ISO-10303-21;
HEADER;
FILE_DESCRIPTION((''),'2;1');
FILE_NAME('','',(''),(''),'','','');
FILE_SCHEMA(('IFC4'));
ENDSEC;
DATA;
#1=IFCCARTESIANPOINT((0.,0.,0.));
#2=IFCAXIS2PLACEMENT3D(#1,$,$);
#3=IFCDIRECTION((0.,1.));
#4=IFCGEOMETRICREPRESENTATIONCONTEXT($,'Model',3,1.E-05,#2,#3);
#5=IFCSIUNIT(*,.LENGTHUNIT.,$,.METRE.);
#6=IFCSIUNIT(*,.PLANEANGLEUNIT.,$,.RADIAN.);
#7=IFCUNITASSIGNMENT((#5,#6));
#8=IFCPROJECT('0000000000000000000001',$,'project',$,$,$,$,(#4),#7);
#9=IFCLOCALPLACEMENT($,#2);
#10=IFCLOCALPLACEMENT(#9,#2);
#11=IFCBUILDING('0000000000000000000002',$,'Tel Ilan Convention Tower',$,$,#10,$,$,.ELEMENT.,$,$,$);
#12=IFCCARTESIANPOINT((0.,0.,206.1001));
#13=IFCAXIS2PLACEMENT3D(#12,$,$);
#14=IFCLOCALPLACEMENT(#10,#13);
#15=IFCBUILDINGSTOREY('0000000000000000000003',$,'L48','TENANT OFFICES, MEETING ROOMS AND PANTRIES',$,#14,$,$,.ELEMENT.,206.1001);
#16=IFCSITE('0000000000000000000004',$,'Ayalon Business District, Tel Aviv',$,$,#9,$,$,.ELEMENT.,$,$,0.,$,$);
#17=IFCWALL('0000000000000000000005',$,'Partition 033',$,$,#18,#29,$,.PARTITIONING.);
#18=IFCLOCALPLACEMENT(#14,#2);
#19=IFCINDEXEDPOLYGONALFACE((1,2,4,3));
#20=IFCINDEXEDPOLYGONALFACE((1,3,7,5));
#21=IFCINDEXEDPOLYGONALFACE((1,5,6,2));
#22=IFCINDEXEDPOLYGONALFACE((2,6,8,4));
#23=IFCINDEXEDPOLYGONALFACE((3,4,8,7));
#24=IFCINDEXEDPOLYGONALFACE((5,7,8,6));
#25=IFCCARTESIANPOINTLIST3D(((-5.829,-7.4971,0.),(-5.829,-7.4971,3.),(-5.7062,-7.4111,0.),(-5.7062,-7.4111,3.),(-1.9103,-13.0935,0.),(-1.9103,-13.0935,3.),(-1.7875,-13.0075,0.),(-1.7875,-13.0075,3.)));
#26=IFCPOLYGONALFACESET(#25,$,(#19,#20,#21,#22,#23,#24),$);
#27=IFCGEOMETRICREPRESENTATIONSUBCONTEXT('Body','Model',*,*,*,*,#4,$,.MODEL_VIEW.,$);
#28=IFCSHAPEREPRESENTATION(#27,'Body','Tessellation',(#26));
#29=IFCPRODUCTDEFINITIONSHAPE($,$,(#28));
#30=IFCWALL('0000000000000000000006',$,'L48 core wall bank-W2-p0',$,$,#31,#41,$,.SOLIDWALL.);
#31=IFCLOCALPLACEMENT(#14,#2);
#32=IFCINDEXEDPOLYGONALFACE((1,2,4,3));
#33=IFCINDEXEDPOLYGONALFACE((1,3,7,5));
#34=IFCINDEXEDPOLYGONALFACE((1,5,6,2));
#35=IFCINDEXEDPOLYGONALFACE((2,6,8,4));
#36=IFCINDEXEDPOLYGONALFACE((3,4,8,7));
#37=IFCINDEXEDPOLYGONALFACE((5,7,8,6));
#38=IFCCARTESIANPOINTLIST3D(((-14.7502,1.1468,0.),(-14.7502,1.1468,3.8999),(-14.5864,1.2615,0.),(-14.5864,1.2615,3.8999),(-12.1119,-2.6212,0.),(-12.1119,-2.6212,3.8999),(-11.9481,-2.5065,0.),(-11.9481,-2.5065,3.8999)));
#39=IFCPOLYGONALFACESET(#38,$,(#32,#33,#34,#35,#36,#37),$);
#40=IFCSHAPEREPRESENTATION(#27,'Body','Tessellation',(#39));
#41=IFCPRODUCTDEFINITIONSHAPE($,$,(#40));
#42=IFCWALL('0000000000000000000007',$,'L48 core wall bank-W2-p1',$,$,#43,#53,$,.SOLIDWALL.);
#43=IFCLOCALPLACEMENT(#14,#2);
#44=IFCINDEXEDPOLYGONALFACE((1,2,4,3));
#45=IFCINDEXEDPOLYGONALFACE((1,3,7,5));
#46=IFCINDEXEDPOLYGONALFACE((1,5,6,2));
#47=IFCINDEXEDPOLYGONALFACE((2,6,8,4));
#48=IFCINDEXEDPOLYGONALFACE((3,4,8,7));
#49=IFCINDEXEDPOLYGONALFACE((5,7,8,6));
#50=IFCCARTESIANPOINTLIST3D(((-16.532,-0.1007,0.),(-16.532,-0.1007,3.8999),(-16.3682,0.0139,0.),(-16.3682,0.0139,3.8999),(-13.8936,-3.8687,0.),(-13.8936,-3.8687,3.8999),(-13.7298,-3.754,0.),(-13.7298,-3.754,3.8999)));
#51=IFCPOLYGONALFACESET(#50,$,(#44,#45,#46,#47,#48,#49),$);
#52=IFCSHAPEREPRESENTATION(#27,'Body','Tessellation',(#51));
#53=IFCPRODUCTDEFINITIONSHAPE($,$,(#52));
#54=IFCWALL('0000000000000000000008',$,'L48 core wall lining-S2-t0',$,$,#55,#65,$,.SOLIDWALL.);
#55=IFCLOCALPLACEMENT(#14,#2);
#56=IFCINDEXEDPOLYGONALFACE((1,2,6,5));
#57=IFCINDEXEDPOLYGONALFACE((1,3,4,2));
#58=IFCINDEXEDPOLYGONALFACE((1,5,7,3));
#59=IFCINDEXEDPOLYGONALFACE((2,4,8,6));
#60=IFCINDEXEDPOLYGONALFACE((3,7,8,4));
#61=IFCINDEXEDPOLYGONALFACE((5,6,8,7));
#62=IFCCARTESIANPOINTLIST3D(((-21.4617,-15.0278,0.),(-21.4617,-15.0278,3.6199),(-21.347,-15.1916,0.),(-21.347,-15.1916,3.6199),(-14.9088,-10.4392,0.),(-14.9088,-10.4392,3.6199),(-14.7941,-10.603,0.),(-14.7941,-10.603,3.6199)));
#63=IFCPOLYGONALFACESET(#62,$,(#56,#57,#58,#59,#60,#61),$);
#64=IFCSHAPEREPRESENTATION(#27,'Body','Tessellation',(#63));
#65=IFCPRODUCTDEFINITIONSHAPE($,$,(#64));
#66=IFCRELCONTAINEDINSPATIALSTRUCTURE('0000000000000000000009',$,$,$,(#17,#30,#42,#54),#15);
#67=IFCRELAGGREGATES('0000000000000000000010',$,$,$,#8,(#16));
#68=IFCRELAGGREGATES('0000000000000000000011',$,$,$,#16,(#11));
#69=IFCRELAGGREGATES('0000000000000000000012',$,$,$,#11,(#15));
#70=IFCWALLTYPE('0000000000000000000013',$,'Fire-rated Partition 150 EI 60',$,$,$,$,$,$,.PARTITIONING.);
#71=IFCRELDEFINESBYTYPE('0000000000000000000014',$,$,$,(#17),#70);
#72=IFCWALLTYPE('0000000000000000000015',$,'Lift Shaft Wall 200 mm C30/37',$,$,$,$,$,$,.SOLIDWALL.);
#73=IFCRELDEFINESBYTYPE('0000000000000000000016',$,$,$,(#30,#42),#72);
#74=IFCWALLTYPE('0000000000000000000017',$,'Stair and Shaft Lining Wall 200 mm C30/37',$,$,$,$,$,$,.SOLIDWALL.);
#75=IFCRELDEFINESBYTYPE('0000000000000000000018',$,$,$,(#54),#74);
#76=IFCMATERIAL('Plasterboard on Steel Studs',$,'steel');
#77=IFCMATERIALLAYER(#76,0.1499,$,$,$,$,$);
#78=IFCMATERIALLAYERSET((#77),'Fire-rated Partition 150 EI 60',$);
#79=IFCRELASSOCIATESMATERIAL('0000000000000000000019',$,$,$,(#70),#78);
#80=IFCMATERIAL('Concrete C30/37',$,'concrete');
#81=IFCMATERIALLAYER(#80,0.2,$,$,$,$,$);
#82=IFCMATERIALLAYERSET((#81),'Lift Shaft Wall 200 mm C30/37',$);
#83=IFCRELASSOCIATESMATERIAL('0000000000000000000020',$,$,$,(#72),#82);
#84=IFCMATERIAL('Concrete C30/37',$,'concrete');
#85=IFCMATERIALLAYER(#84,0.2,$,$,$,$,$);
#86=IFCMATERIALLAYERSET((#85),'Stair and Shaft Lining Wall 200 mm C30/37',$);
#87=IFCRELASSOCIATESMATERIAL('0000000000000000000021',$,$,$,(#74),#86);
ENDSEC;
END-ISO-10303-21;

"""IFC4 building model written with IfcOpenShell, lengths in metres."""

from ifc_helpers import new_model, si_unit, direction, frame, frame_2d, origin, place, context, subcontext, project, spatial, rectangle, extrude, material, layer, layer_set, type_object, element, save


model = new_model("IFC4")

# Units and contexts
model_context = context("Model", 3, precision=1e-05, world=origin(), true_north=direction((0.0, 1.0)))
body_context = subcontext(model_context, "Body", "Model", "MODEL_VIEW")
ifc_project = project(units=[si_unit("LENGTHUNIT", "METRE"), si_unit("PLANEANGLEUNIT", "RADIAN")], contexts=[model_context])

# Site, building, storey
site_placement = place(None, origin())
site = spatial("IfcSite", under=ifc_project, at=site_placement, Name="Ayalon Business District, Tel Aviv", CompositionType="ELEMENT", RefElevation=0.0)
building_placement = place(site_placement, origin())
building = spatial("IfcBuilding", under=site, at=building_placement, Name="Tel Ilan Convention Tower", CompositionType="ELEMENT")
storey_placement = place(building_placement, frame((0.0, 0.0, 206.1001)))
storey = spatial("IfcBuildingStorey", under=building, at=storey_placement, Name="L48", Description="TENANT OFFICES, MEETING ROOMS AND PANTRIES", CompositionType="ELEMENT", Elevation=206.1001)

# Shared definitions
ifc_material_1 = material(Name="Plasterboard on Steel Studs", Category="steel")
ifc_layer_1 = layer(ifc_material_1, 0.1499)
ifc_layer_set_1 = layer_set([ifc_layer_1], Name="Fire-rated Partition 150 EI 60")
wall_type_1 = type_object("IfcWallType", Name="Fire-rated Partition 150 EI 60", PredefinedType="PARTITIONING", material=ifc_layer_set_1)

# Walls
wall_1_placement = place(storey_placement, frame((-1.8489, -13.0505, 0.0), z_axis=(0.0, 0.0, 1.0), x_axis=(-0.57358, 0.81915, 0.0)))
element("IfcWall", 1, at=wall_1_placement, inside=storey, type_object=wall_type_1, Name="Partition 033", PredefinedType="PARTITIONING", context=body_context, shape_type="SweptSolid", body=[
    extrude(rectangle(XDim=6.832, YDim=0.1499, at=frame_2d((3.416, 0.0))), origin(), (0.0, 0.0, 1.0), 3.0),
])
ifc_material_2 = material(Name="Concrete C30/37", Category="concrete")
ifc_layer_2 = layer(ifc_material_2, 0.2)
ifc_layer_set_2 = layer_set([ifc_layer_2], Name="Lift Shaft Wall 200 mm C30/37")
wall_type_2 = type_object("IfcWallType", Name="Lift Shaft Wall 200 mm C30/37", PredefinedType="SOLIDWALL", material=ifc_layer_set_2)
for number, where, z_axis, x_axis, name in (
    (2, (-12.03, -2.5637, 0.0), (0.0, 0.0, 1.0), (-0.573576, 0.819152, 0.0), "L48 core wall bank-W2-p0"),
    (3, (-13.8118, -3.8113, 0.0), (0.0, 0.0, 1.0), (-0.573576, 0.819152, 0.0), "L48 core wall bank-W2-p1"),
):
    element("IfcWall", number, at=place(storey_placement, frame(where, z_axis=z_axis, x_axis=x_axis)), inside=storey, type_object=wall_type_2, Name=name, PredefinedType="SOLIDWALL", context=body_context, shape_type="SweptSolid", body=[
        extrude(rectangle(XDim=4.5999, YDim=0.2, at=frame_2d((2.2998, 0.0))), origin(), (0.0, 0.0, 1.0), 3.8999),
    ])
ifc_material_3 = material(Name="Concrete C30/37", Category="concrete")
ifc_layer_3 = layer(ifc_material_3, 0.2)
ifc_layer_set_3 = layer_set([ifc_layer_3], Name="Stair and Shaft Lining Wall 200 mm C30/37")
wall_type_3 = type_object("IfcWallType", Name="Stair and Shaft Lining Wall 200 mm C30/37", PredefinedType="SOLIDWALL", material=ifc_layer_set_3)
wall_2_placement = place(storey_placement, frame((-14.8513, -10.521, 0.0), z_axis=(0.0, 0.0, 1.0), x_axis=(-0.819142, -0.573591, 0.0)))
element("IfcWall", 4, at=wall_2_placement, inside=storey, type_object=wall_type_3, Name="L48 core wall lining-S2-t0", PredefinedType="SOLIDWALL", context=body_context, shape_type="SweptSolid", body=[
    extrude(rectangle(XDim=7.9998, YDim=0.2, at=frame_2d((4.0, 0.0))), origin(), (0.0, 0.0, 1.0), 3.6199),
])

save(model, "model.ifc")
